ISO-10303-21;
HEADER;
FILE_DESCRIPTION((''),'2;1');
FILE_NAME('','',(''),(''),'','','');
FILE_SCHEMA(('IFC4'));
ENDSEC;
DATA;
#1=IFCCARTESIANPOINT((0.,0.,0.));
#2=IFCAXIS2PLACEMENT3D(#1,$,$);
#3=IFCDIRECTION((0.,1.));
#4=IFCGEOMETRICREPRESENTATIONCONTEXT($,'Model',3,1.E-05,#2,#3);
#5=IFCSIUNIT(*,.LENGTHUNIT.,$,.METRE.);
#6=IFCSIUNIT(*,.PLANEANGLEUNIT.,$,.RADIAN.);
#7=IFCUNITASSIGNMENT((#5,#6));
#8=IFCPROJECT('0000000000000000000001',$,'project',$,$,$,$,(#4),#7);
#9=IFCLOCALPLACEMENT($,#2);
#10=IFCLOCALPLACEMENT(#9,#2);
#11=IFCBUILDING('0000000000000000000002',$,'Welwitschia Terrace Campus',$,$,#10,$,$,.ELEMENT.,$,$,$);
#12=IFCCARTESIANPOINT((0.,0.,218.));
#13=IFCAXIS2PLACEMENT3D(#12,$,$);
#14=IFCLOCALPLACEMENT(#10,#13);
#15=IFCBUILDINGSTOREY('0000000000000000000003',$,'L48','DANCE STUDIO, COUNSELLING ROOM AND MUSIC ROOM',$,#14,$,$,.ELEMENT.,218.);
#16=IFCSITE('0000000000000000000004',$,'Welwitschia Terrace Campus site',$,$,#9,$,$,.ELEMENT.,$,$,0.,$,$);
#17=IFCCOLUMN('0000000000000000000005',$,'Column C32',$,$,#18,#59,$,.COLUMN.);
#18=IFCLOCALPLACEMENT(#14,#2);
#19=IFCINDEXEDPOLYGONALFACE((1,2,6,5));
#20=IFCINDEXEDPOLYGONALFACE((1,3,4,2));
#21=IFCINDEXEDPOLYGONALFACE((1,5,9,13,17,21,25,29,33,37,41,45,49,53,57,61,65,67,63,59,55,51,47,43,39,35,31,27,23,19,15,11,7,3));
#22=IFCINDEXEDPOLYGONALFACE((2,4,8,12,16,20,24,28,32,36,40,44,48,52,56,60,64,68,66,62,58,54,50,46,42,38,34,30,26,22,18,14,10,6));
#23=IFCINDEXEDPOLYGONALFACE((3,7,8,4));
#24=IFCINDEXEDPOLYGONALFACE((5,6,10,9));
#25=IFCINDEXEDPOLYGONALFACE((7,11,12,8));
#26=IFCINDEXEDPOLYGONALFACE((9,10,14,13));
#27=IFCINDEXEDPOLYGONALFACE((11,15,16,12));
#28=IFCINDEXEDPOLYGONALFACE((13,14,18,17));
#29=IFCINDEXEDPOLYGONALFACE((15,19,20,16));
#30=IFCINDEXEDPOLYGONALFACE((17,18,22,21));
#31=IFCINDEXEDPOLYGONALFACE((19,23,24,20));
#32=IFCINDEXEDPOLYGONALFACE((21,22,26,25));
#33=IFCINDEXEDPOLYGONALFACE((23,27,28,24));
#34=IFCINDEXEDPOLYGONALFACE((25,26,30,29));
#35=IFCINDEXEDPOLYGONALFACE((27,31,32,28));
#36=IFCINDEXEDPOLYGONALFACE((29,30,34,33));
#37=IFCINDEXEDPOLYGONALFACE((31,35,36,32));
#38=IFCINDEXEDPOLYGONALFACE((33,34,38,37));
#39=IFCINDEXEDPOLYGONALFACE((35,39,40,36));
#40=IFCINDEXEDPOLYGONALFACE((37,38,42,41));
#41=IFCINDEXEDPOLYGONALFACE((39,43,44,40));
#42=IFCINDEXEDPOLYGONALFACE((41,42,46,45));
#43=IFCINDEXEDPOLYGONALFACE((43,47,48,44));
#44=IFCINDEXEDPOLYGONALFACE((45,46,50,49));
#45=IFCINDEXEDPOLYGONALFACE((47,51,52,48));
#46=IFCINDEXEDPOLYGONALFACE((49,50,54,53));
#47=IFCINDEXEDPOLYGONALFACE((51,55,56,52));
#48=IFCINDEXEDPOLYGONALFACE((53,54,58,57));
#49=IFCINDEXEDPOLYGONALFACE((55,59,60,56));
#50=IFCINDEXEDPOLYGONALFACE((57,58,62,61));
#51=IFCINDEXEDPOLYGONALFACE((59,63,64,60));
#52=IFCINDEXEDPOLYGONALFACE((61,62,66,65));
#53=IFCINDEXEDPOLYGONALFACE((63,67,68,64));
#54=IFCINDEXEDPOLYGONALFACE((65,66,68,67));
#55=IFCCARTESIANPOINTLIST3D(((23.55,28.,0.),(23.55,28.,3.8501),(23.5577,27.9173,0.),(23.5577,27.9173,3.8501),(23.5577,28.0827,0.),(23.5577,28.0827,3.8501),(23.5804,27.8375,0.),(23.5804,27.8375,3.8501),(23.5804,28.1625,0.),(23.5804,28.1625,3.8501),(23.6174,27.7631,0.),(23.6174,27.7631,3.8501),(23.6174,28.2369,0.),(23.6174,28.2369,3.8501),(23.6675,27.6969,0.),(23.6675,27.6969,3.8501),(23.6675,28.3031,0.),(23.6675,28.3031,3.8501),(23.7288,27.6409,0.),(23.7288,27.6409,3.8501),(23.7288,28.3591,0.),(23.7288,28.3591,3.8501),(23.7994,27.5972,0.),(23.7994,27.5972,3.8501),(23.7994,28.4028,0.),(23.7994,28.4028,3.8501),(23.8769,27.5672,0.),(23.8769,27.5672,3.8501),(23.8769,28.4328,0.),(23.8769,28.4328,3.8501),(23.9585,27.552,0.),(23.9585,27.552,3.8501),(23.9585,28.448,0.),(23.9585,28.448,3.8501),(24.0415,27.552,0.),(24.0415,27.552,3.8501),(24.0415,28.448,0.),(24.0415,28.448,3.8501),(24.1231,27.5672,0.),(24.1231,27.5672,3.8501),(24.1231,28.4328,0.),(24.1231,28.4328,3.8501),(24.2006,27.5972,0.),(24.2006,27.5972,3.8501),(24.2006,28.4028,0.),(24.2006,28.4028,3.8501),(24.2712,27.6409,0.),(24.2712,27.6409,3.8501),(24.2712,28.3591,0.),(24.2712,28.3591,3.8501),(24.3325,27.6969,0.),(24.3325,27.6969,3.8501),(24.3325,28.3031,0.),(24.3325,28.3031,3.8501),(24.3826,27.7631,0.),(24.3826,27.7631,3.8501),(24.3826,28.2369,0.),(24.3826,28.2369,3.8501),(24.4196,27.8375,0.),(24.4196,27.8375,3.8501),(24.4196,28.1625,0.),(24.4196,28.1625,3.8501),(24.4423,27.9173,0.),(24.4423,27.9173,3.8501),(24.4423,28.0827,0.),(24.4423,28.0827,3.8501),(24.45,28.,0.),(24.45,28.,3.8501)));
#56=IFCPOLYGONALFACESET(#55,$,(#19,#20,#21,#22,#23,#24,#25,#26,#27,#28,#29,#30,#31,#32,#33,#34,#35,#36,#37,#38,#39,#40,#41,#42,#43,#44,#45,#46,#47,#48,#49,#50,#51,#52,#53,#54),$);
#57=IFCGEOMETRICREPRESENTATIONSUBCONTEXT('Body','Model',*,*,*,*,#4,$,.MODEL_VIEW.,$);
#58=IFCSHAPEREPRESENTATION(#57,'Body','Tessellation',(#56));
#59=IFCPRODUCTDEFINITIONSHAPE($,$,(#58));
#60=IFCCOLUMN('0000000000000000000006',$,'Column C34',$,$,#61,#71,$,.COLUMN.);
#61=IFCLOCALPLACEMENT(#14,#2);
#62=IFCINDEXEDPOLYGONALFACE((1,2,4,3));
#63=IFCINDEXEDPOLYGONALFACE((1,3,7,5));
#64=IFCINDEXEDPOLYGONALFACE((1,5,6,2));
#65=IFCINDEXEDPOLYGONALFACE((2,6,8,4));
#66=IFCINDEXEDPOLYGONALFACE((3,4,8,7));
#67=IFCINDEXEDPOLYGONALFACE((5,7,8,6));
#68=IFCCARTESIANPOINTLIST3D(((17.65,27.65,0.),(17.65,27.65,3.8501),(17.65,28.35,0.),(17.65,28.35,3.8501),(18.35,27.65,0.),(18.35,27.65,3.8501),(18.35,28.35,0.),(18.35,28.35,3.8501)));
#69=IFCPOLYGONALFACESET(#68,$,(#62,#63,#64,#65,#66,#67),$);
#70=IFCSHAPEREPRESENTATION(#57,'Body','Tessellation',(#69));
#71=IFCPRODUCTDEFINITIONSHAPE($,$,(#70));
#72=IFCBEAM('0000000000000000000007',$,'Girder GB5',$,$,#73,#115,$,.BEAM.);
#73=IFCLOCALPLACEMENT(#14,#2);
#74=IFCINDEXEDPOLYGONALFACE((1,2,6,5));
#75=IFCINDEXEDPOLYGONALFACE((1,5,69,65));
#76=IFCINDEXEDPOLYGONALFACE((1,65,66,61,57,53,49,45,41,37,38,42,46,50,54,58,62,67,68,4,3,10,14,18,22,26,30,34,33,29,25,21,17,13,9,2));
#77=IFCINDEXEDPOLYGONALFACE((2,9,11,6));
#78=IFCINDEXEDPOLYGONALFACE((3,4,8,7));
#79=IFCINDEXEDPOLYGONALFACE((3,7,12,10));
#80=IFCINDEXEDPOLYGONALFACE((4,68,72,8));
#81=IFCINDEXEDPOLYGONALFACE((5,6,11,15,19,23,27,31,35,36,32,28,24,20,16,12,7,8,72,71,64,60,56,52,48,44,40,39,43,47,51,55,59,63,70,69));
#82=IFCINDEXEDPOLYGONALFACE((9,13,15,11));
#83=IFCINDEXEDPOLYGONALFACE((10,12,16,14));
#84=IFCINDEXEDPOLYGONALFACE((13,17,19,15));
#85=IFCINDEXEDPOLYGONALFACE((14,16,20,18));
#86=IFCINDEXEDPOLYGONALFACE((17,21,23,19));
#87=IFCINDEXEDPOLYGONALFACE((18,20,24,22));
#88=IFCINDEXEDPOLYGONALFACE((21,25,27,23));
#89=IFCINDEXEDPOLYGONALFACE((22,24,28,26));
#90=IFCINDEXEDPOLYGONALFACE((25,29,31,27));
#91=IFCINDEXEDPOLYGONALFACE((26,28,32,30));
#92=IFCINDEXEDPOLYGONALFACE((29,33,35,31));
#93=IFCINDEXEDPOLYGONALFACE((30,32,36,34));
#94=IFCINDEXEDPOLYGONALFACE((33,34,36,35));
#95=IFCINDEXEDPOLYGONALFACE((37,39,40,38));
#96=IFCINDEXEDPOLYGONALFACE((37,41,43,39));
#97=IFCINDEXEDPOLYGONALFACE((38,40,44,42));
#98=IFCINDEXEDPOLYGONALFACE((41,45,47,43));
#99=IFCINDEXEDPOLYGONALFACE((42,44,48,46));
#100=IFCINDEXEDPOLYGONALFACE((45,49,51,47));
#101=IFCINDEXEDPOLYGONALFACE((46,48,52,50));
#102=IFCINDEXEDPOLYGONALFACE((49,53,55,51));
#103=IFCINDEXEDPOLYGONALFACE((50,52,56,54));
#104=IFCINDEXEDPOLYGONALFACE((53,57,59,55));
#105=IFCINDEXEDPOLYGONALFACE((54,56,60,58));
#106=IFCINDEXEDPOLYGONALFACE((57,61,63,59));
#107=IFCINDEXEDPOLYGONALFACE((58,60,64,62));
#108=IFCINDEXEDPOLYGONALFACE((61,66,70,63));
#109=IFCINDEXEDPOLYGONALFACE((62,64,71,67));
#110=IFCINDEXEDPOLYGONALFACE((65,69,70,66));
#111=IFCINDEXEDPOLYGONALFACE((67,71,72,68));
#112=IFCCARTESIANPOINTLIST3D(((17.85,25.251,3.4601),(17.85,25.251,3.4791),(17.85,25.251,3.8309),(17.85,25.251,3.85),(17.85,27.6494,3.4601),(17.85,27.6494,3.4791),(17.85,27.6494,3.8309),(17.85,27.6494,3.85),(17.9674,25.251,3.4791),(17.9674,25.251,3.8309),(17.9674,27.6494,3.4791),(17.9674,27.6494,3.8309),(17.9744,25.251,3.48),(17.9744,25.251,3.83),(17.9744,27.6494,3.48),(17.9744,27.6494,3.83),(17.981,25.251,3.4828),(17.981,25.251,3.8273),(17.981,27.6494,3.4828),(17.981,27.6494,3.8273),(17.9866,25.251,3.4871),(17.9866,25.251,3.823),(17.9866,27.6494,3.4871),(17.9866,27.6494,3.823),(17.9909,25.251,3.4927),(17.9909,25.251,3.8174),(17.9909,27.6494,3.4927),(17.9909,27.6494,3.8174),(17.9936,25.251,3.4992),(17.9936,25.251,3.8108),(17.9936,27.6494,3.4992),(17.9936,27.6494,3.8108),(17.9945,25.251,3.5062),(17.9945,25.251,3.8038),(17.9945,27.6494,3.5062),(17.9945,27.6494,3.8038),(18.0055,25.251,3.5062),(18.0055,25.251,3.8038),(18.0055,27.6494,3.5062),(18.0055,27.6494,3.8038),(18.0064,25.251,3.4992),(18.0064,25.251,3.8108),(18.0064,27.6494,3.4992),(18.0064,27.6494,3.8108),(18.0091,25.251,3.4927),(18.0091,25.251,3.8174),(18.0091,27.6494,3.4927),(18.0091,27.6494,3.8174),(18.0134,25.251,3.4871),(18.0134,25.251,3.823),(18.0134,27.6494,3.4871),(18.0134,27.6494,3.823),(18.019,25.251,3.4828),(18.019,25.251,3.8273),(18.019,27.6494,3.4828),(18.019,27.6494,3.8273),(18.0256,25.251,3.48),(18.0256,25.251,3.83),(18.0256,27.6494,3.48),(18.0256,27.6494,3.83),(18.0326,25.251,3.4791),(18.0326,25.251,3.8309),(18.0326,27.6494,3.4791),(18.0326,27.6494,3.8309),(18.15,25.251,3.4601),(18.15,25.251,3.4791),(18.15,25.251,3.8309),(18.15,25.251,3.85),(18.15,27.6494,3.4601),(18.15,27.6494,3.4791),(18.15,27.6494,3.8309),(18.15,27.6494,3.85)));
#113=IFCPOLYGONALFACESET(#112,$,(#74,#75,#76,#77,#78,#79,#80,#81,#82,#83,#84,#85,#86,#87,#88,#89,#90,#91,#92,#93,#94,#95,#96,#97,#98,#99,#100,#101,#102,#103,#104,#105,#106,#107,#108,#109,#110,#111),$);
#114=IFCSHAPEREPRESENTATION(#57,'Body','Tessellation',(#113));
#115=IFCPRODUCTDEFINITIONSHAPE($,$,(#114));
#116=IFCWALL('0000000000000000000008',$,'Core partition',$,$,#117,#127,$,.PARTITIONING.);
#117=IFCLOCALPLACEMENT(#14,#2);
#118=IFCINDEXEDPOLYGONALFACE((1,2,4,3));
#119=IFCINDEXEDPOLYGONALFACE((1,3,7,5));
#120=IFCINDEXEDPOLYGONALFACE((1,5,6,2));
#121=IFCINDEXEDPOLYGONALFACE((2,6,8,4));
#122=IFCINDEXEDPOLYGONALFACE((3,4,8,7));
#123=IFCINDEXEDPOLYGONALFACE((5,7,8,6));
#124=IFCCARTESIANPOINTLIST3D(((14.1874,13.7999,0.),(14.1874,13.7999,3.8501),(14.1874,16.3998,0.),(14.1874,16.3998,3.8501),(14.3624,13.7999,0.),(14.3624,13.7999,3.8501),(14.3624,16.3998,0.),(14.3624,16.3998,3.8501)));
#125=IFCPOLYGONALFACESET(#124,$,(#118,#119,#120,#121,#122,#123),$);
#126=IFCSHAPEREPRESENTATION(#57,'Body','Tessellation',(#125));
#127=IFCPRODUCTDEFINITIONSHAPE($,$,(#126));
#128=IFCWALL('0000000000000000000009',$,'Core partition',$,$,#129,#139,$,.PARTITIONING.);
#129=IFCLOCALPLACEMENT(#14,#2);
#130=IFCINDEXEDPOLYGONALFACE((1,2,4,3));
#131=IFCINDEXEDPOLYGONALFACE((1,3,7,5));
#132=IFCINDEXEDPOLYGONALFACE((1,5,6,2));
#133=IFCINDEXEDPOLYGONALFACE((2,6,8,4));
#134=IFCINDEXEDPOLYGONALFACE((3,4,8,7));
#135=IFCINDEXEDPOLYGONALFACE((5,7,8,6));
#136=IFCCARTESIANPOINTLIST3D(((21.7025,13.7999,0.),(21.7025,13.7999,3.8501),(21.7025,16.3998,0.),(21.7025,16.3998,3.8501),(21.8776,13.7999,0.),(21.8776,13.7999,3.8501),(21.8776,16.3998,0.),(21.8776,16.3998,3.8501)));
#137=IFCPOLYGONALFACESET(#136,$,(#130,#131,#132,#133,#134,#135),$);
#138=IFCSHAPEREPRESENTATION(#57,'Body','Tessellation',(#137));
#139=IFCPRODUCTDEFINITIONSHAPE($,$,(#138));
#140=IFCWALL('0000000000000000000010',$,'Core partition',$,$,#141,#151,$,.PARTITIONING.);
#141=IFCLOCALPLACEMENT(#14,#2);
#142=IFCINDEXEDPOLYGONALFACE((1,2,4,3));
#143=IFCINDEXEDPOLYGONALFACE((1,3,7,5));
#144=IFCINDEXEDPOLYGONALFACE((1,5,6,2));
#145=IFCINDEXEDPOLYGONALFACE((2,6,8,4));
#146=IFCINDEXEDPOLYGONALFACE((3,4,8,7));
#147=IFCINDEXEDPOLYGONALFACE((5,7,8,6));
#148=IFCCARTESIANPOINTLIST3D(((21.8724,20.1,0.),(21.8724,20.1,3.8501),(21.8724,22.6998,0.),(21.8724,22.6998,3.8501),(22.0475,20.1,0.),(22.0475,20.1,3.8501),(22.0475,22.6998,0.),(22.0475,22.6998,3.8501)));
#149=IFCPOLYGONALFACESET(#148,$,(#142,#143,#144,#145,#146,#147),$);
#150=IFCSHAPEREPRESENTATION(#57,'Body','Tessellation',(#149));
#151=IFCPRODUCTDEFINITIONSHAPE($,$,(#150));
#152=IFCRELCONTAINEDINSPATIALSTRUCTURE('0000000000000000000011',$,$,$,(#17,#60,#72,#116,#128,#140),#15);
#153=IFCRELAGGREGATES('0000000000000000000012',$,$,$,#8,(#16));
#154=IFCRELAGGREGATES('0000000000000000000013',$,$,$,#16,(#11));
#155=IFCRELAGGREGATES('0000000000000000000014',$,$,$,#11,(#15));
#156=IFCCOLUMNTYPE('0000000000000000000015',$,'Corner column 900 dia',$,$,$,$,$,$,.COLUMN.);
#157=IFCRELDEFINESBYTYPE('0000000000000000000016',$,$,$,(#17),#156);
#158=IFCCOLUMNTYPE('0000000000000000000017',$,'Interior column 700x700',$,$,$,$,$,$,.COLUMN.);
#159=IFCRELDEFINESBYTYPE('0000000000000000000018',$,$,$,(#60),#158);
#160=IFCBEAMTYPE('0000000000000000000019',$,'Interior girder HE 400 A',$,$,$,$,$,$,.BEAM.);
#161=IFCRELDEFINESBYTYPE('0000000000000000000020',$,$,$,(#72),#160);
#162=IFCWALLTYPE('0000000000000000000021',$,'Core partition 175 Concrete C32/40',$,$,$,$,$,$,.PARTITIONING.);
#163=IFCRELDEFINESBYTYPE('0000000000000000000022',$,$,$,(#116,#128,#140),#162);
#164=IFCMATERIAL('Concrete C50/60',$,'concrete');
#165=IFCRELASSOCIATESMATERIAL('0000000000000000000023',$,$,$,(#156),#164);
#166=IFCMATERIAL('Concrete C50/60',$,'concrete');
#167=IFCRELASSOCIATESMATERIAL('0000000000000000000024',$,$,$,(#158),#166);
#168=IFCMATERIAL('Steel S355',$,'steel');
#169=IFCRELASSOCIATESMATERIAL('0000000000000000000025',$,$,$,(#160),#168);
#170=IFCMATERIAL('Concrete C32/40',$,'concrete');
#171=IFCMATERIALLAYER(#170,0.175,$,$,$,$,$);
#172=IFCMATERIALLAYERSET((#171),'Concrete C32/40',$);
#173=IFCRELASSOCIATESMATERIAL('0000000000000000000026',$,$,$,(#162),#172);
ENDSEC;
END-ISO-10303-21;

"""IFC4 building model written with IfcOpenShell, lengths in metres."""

from ifc_helpers import new_model, si_unit, direction, frame, frame_2d, origin, origin_2d, place, context, subcontext, project, spatial, rectangle, circle, i_section, extrude, material, layer, layer_set, material_profile, profile_set, type_object, element, save


model = new_model("IFC4")

# Units and contexts
model_context = context("Model", 3, precision=1e-05, world=origin(), true_north=direction((0.0, 1.0)))
body_context = subcontext(model_context, "Body", "Model", "MODEL_VIEW")
ifc_project = project(units=[si_unit("LENGTHUNIT", "METRE"), si_unit("PLANEANGLEUNIT", "RADIAN")], contexts=[model_context])

# Site, building, storey
site_placement = place(None, origin())
site = spatial("IfcSite", under=ifc_project, at=site_placement, Name="Welwitschia Terrace Campus site", CompositionType="ELEMENT", RefElevation=0.0)
building_placement = place(site_placement, origin())
building = spatial("IfcBuilding", under=site, at=building_placement, Name="Welwitschia Terrace Campus", CompositionType="ELEMENT")
storey_placement = place(building_placement, frame((0.0, 0.0, 218.0)))
storey = spatial("IfcBuildingStorey", under=building, at=storey_placement, Name="L48", Description="DANCE STUDIO, COUNSELLING ROOM AND MUSIC ROOM", CompositionType="ELEMENT", Elevation=218.0)

# Columns
ifc_material_1 = material(Name="Concrete C50/60", Category="concrete")
ifc_material_profile_1 = material_profile(ifc_material_1, circle(Radius=0.45, at=origin_2d()))
ifc_profile_set_1 = profile_set([ifc_material_profile_1], Name="Concrete C50/60")
column_type_1 = type_object("IfcColumnType", Name="Corner column 900 dia", PredefinedType="COLUMN", material=ifc_profile_set_1)
column_1_placement = place(storey_placement, frame((24.0, 28.0, 0.0), z_axis=(0.0, 0.0, 1.0), x_axis=(1.0, 0.0, 0.0)))
element("IfcColumn", 1, at=column_1_placement, inside=storey, type_object=column_type_1, Name="Column C32", PredefinedType="COLUMN", context=body_context, shape_type="SweptSolid", body=[
    extrude(circle(Radius=0.45, at=origin_2d()), origin(), (0.0, 0.0, 1.0), 3.8501),
])
ifc_material_2 = material(Name="Concrete C50/60", Category="concrete")
ifc_material_profile_2 = material_profile(ifc_material_2, rectangle(XDim=0.7, YDim=0.7, at=origin_2d()))
ifc_profile_set_2 = profile_set([ifc_material_profile_2], Name="Concrete C50/60")
column_type_2 = type_object("IfcColumnType", Name="Interior column 700x700", PredefinedType="COLUMN", material=ifc_profile_set_2)
column_2_placement = place(storey_placement, frame((18.0, 28.0, 0.0), z_axis=(0.0, 0.0, 1.0), x_axis=(1.0, 0.0, 0.0)))
element("IfcColumn", 2, at=column_2_placement, inside=storey, type_object=column_type_2, Name="Column C34", PredefinedType="COLUMN", context=body_context, shape_type="SweptSolid", body=[
    extrude(rectangle(XDim=0.7, YDim=0.7, at=origin_2d()), origin(), (0.0, 0.0, 1.0), 3.8501),
])

# Beam
ifc_material_3 = material(Name="Steel S355", Category="steel")
ifc_material_profile_3 = material_profile(ifc_material_3, i_section(OverallWidth=0.3, OverallDepth=0.3899, WebThickness=0.011, FlangeThickness=0.019, FilletRadius=0.0271, at=origin_2d()))
ifc_profile_set_3 = profile_set([ifc_material_profile_3], Name="Steel S355")
beam_type = type_object("IfcBeamType", Name="Interior girder HE 400 A", PredefinedType="BEAM", material=ifc_profile_set_3)
beam_placement = place(storey_placement, frame((18.0, 25.251, 3.655), z_axis=(0.0, 1.0, 0.0), x_axis=(-1.0, 0.0, 0.0)))
element("IfcBeam", 3, at=beam_placement, inside=storey, type_object=beam_type, Name="Girder GB5", PredefinedType="BEAM", context=body_context, shape_type="SweptSolid", body=[
    extrude(i_section(OverallWidth=0.3, OverallDepth=0.3899, WebThickness=0.011, FlangeThickness=0.019, FilletRadius=0.0271, at=origin_2d()), origin(), (0.0, 0.0, 1.0), 2.3984),
])

# Walls
ifc_material_4 = material(Name="Concrete C32/40", Category="concrete")
ifc_layer_1 = layer(ifc_material_4, 0.175)
ifc_layer_set_1 = layer_set([ifc_layer_1], Name="Concrete C32/40")
wall_type_1 = type_object("IfcWallType", Name="Core partition 175 Concrete C32/40", PredefinedType="PARTITIONING", material=ifc_layer_set_1)
for number, where, z_axis, x_axis, name in (
    (4, (14.2749, 13.8, 0.0), (0.0, 0.0, 1.0), (0.0, 1.0, 0.0), "Core partition"),
    (5, (21.79, 13.8, 0.0), (0.0, 0.0, 1.0), (0.0, 1.0, 0.0), "Core partition"),
    (6, (21.96, 20.1001, 0.0), (0.0, 0.0, 1.0), (0.0, 1.0, 0.0), "Core partition"),
):
    element("IfcWall", number, at=place(storey_placement, frame(where, z_axis=z_axis, x_axis=x_axis)), inside=storey, type_object=wall_type_1, Name=name, PredefinedType="PARTITIONING", context=body_context, shape_type="SweptSolid", body=[
        extrude(rectangle(XDim=2.5999, YDim=0.175, at=frame_2d((1.2998, 0.0))), origin(), (0.0, 0.0, 1.0), 3.8501),
    ])

save(model, "model.ifc")
